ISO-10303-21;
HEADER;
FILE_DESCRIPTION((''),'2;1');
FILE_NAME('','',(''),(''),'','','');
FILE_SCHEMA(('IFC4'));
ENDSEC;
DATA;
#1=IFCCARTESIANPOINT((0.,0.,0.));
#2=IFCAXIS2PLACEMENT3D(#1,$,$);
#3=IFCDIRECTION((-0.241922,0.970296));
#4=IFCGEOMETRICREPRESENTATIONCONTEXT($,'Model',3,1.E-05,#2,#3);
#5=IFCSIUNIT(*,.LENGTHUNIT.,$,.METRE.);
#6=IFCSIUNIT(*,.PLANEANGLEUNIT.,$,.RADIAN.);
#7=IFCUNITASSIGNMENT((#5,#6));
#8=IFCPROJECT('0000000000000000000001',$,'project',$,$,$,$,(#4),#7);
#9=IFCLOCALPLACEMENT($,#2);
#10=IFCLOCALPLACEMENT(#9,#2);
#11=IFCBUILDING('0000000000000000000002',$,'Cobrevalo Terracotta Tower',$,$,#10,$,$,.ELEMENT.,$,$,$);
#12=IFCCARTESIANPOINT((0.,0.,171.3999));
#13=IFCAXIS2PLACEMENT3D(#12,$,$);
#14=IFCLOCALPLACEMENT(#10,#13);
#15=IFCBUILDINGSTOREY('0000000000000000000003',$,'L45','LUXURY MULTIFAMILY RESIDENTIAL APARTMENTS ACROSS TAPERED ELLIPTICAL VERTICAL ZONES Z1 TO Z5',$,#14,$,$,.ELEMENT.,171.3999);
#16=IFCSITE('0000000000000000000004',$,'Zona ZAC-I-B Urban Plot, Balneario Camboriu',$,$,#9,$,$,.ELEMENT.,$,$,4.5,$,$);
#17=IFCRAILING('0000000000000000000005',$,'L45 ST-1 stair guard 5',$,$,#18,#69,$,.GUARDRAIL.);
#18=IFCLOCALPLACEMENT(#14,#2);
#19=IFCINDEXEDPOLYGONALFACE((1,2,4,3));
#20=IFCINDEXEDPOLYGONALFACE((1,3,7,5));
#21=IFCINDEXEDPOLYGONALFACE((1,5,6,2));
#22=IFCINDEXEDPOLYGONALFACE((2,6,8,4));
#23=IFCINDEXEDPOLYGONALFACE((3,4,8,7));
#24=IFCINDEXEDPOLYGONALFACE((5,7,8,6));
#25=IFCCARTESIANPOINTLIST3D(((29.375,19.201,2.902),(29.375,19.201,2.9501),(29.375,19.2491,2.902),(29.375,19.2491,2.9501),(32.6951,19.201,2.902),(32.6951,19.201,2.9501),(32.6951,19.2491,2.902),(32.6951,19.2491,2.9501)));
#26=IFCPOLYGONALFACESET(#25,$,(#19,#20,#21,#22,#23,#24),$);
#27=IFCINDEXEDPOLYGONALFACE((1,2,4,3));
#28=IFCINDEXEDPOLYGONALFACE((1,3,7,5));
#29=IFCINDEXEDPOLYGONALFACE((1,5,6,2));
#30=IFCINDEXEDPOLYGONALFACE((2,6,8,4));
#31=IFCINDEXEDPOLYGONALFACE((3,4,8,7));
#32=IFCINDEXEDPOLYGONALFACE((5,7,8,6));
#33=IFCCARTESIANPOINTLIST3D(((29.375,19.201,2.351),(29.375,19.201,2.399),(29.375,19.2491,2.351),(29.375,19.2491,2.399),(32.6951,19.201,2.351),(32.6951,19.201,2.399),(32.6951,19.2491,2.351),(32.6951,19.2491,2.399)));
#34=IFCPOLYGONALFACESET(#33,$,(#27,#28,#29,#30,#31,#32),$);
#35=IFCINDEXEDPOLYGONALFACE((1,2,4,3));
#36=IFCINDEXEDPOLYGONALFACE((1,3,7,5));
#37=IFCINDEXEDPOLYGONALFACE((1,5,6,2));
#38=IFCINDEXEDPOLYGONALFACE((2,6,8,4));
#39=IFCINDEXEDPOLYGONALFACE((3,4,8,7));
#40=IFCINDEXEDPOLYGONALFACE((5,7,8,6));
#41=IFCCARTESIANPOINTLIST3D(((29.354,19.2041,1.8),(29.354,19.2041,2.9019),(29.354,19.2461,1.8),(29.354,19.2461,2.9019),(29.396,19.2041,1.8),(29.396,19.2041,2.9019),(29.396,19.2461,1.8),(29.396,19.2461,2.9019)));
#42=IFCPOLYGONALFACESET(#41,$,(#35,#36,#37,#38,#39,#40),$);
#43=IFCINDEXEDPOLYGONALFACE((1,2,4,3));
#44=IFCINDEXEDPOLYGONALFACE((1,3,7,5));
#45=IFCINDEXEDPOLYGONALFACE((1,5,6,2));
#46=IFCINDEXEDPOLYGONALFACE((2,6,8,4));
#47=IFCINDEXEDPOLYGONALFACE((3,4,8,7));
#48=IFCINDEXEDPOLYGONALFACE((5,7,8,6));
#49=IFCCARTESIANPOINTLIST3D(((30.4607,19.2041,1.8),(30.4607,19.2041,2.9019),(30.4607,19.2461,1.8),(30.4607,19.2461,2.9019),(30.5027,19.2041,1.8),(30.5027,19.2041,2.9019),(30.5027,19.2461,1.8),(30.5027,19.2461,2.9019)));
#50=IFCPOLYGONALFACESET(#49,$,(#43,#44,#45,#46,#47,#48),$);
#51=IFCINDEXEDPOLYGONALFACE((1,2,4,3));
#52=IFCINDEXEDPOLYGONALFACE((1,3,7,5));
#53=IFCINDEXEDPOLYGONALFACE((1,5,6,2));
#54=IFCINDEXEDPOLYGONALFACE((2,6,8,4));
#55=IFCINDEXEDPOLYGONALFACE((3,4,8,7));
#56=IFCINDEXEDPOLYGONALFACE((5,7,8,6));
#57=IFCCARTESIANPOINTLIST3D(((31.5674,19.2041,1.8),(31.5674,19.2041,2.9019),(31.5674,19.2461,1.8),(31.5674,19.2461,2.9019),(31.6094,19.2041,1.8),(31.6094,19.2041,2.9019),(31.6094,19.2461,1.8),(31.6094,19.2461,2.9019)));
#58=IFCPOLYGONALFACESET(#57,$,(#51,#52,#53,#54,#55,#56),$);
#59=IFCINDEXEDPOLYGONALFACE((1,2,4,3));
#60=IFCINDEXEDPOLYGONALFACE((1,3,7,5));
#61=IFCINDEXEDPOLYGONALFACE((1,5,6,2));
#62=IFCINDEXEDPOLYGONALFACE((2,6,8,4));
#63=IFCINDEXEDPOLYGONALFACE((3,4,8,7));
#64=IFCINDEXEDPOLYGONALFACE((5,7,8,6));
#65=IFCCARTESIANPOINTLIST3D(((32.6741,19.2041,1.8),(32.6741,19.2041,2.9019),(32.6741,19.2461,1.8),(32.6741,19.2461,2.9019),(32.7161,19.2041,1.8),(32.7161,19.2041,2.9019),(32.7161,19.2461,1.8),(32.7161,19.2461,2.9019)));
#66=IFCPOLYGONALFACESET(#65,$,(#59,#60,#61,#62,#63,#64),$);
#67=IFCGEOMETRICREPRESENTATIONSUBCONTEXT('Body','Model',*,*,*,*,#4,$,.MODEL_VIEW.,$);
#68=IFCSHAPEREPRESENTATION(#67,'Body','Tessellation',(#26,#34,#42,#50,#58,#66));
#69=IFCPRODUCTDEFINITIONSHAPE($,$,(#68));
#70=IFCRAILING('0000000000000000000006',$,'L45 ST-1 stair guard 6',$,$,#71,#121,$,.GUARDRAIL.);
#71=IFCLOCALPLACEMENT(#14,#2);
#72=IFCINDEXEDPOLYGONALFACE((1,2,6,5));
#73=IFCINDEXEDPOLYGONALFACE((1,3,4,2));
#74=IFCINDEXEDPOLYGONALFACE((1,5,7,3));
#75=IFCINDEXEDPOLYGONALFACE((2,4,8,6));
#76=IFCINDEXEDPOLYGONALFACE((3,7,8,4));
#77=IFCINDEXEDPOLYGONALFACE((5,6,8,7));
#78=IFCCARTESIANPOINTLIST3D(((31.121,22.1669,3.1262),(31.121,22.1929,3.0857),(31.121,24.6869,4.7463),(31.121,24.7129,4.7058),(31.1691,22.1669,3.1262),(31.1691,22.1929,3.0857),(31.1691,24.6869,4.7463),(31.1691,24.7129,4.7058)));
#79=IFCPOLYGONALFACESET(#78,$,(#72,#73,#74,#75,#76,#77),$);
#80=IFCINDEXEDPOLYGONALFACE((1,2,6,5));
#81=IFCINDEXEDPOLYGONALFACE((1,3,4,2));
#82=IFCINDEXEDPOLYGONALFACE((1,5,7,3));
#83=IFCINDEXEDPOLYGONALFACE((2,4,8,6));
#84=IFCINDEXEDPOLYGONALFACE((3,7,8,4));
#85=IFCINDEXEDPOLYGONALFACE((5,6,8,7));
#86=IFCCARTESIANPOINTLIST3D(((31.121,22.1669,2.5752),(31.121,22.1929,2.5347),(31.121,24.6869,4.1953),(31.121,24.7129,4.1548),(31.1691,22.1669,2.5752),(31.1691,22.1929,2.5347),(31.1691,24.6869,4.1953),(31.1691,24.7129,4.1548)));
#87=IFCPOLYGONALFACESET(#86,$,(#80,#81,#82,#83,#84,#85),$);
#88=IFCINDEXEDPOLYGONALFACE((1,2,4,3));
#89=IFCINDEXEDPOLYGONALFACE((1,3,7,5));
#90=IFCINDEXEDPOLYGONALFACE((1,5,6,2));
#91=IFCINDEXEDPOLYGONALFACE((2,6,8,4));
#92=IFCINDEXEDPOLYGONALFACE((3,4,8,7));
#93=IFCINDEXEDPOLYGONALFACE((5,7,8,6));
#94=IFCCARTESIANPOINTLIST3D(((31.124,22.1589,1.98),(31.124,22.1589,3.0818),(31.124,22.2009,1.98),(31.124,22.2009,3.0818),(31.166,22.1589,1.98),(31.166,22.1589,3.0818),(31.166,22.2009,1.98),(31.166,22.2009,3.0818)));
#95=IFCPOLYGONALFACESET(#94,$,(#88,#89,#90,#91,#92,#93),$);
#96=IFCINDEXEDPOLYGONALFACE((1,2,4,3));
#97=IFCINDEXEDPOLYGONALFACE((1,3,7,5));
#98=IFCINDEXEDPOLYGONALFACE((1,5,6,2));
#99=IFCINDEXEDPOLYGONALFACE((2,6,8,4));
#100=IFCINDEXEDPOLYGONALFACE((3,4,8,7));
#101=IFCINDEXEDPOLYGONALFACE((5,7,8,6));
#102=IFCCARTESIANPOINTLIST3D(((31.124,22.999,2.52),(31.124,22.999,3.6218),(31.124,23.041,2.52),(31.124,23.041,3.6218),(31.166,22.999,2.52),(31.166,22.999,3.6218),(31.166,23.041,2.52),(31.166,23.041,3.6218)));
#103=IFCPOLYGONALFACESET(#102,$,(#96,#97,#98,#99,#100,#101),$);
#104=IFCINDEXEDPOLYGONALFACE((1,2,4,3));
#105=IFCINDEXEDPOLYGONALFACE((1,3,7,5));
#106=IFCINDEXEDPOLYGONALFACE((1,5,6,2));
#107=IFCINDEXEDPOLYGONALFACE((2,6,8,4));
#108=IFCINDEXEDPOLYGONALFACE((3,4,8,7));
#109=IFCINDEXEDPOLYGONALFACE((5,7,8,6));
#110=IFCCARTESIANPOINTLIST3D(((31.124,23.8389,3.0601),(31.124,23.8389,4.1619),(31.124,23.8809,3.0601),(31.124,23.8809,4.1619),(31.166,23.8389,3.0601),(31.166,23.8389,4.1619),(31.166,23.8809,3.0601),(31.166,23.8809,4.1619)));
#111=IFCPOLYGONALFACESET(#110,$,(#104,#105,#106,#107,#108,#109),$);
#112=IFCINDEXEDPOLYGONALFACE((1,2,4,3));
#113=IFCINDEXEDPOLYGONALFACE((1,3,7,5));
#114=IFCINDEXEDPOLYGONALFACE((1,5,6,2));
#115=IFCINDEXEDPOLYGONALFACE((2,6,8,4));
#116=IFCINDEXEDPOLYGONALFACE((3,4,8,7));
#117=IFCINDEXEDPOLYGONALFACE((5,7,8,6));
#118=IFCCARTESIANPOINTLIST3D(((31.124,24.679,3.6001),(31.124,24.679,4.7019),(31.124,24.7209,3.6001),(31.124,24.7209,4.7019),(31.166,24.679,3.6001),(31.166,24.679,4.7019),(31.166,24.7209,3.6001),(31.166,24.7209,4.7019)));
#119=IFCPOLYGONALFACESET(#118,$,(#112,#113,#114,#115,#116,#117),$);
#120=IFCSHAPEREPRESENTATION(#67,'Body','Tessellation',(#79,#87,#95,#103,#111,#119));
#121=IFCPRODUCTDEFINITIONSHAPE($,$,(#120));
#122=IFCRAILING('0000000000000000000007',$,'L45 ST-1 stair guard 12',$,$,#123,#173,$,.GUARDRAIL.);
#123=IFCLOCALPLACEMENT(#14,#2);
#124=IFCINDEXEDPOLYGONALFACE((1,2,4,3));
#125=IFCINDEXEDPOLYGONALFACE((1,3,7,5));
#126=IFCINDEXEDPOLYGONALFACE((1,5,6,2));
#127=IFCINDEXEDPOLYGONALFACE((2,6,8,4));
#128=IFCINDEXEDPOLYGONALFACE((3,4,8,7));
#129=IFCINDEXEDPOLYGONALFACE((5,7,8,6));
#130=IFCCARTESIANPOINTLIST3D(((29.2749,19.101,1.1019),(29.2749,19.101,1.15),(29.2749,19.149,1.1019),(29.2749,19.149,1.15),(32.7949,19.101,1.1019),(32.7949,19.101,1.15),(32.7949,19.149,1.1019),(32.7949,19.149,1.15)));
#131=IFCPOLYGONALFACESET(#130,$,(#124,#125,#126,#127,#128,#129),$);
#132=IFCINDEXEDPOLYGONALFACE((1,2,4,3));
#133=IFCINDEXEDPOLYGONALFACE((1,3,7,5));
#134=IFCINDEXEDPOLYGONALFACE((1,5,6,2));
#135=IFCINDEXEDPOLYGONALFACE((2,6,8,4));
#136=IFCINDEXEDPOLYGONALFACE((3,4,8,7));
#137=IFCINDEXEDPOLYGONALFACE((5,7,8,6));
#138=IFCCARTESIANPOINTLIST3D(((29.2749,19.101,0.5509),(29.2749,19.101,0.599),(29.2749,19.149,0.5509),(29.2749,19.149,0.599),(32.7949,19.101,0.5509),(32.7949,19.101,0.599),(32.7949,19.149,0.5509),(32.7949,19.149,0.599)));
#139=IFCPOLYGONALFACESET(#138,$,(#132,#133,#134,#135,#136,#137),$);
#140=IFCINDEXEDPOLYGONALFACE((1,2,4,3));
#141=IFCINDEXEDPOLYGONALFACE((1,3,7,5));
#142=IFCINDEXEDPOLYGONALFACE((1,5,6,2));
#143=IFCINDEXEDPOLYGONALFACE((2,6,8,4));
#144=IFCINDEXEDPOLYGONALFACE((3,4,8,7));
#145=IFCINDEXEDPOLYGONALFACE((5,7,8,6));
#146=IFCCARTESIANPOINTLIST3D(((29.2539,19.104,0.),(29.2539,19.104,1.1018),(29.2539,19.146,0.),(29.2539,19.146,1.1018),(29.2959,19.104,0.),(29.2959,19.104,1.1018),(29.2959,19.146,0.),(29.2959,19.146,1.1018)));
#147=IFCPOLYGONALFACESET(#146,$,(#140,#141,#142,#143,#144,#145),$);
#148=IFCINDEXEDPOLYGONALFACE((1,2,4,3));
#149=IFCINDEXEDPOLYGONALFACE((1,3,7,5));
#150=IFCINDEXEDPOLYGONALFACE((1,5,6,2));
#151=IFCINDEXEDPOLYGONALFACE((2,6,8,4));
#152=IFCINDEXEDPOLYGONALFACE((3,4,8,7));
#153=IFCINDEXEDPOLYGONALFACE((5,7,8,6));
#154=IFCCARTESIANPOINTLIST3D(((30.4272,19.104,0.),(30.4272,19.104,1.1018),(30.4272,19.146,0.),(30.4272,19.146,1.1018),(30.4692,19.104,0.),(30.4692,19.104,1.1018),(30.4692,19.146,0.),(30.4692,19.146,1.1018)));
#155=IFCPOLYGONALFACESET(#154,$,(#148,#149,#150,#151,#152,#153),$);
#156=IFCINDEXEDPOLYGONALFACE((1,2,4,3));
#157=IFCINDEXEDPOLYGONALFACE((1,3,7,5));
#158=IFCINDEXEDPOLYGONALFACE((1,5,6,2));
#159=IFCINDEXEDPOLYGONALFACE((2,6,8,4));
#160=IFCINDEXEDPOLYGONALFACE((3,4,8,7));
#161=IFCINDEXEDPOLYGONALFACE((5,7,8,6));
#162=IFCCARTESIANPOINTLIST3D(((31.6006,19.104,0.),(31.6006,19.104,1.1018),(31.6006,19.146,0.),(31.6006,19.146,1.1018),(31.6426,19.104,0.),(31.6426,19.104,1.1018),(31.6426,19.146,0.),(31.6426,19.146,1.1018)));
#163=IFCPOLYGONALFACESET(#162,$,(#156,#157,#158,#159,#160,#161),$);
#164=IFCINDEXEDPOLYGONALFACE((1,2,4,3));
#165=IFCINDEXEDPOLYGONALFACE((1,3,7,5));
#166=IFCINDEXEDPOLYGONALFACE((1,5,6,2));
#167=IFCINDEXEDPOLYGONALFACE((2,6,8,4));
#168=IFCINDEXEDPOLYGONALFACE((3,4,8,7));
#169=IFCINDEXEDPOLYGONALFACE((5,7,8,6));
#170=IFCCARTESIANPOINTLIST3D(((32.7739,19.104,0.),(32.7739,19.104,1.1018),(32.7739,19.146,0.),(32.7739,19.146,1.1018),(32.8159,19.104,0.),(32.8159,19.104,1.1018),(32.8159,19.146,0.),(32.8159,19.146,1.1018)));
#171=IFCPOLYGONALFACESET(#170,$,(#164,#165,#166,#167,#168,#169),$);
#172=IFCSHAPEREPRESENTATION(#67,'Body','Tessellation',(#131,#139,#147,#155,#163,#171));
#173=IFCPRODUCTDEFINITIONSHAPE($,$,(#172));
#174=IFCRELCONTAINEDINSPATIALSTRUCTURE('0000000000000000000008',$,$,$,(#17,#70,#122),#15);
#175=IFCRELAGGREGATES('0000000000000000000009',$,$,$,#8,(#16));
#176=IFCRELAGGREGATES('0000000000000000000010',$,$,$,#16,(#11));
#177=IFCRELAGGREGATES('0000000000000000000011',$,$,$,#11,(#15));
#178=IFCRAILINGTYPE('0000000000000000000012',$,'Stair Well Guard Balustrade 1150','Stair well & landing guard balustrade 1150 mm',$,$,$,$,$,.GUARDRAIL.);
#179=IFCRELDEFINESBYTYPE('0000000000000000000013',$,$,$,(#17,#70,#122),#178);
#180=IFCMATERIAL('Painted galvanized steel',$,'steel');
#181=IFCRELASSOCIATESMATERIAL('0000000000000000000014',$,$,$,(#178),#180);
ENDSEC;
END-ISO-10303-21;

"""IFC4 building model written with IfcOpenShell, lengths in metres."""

from ifc_helpers import new_model, si_unit, direction, frame, origin, origin_2d, place, context, subcontext, project, spatial, rectangle, extrude, material, type_object, element, save


model = new_model("IFC4")

# Units and contexts
model_context = context("Model", 3, precision=1e-05, world=origin(), true_north=direction((-0.241922, 0.970296)))
body_context = subcontext(model_context, "Body", "Model", "MODEL_VIEW")
ifc_project = project(units=[si_unit("LENGTHUNIT", "METRE"), si_unit("PLANEANGLEUNIT", "RADIAN")], contexts=[model_context])

# Site, building, storey
site_placement = place(None, origin())
site = spatial("IfcSite", under=ifc_project, at=site_placement, Name="Zona ZAC-I-B Urban Plot, Balneario Camboriu", CompositionType="ELEMENT", RefElevation=4.5)
building_placement = place(site_placement, origin())
building = spatial("IfcBuilding", under=site, at=building_placement, Name="Cobrevalo Terracotta Tower", CompositionType="ELEMENT")
storey_placement = place(building_placement, frame((0.0, 0.0, 171.3999)))
storey = spatial("IfcBuildingStorey", under=building, at=storey_placement, Name="L45", Description="LUXURY MULTIFAMILY RESIDENTIAL APARTMENTS ACROSS TAPERED ELLIPTICAL VERTICAL ZONES Z1 TO Z5", CompositionType="ELEMENT", Elevation=171.3999)

# Railings
ifc_material_1 = material(Name="Painted galvanized steel", Category="steel")
railing_type_1 = type_object("IfcRailingType", Name="Stair Well Guard Balustrade 1150", Description="Stair well & landing guard balustrade 1150 mm", PredefinedType="GUARDRAIL", material=ifc_material_1)
railing_1_placement = place(storey_placement, frame((29.375, 19.2251, 1.8)))
element("IfcRailing", 1, at=railing_1_placement, inside=storey, type_object=railing_type_1, Name="L45 ST-1 stair guard 5", PredefinedType="GUARDRAIL", context=body_context, shape_type="SweptSolid", body=[
    extrude(rectangle(XDim=0.0481, YDim=0.0481, at=origin_2d()), frame((0.0, 0.0, 1.126), z_axis=(1.0, 0.0, 0.0), x_axis=(0.0, 1.0, 0.0)), (0.0, 0.0, 1.0), 3.3201),
    extrude(rectangle(XDim=0.0481, YDim=0.0481, at=origin_2d()), frame((0.0, 0.0, 0.575), z_axis=(1.0, 0.0, 0.0), x_axis=(0.0, 1.0, 0.0)), (0.0, 0.0, 1.0), 3.3201),
    extrude(rectangle(XDim=0.042, YDim=0.042, at=origin_2d()), origin(), (0.0, 0.0, 1.0), 1.1018),
    extrude(rectangle(XDim=0.042, YDim=0.042, at=origin_2d()), frame((1.1067, 0.0, 0.0)), (0.0, 0.0, 1.0), 1.1018),
    extrude(rectangle(XDim=0.042, YDim=0.042, at=origin_2d()), frame((2.2134, 0.0, 0.0)), (0.0, 0.0, 1.0), 1.1018),
    extrude(rectangle(XDim=0.042, YDim=0.042, at=origin_2d()), frame((3.3201, 0.0, 0.0)), (0.0, 0.0, 1.0), 1.1018),
])
railing_2_placement = place(storey_placement, frame((31.145, 22.1799, 1.98)))
element("IfcRailing", 2, at=railing_2_placement, inside=storey, type_object=railing_type_1, Name="L45 ST-1 stair guard 6", PredefinedType="GUARDRAIL", context=body_context, shape_type="SweptSolid", body=[
    extrude(rectangle(XDim=0.0481, YDim=0.0481, at=origin_2d()), frame((0.0, 0.0, 1.126), z_axis=(0.0, 0.841163, 0.540782), x_axis=(-1.0, 0.0, 0.0)), (0.0, 0.0, 1.0), 2.9958),
    extrude(rectangle(XDim=0.0481, YDim=0.0481, at=origin_2d()), frame((0.0, 0.0, 0.575), z_axis=(0.0, 0.841163, 0.540782), x_axis=(-1.0, 0.0, 0.0)), (0.0, 0.0, 1.0), 2.9958),
    extrude(rectangle(XDim=0.042, YDim=0.042, at=origin_2d()), origin(), (0.0, 0.0, 1.0), 1.1018),
    extrude(rectangle(XDim=0.042, YDim=0.042, at=origin_2d()), frame((0.0, 0.8401, 0.54)), (0.0, 0.0, 1.0), 1.1018),
    extrude(rectangle(XDim=0.042, YDim=0.042, at=origin_2d()), frame((0.0, 1.6799, 1.0801)), (0.0, 0.0, 1.0), 1.1018),
    extrude(rectangle(XDim=0.042, YDim=0.042, at=origin_2d()), frame((0.0, 2.52, 1.6201)), (0.0, 0.0, 1.0), 1.1018),
])
railing_3_placement = place(storey_placement, frame((29.2749, 19.125, 0.0)))
element("IfcRailing", 3, at=railing_3_placement, inside=storey, type_object=railing_type_1, Name="L45 ST-1 stair guard 12", PredefinedType="GUARDRAIL", context=body_context, shape_type="SweptSolid", body=[
    extrude(rectangle(XDim=0.0481, YDim=0.0481, at=origin_2d()), frame((0.0, 0.0, 1.126), z_axis=(1.0, 0.0, 0.0), x_axis=(0.0, 1.0, 0.0)), (0.0, 0.0, 1.0), 3.52),
    extrude(rectangle(XDim=0.0481, YDim=0.0481, at=origin_2d()), frame((0.0, 0.0, 0.575), z_axis=(1.0, 0.0, 0.0), x_axis=(0.0, 1.0, 0.0)), (0.0, 0.0, 1.0), 3.52),
    extrude(rectangle(XDim=0.042, YDim=0.042, at=origin_2d()), origin(), (0.0, 0.0, 1.0), 1.1018),
    extrude(rectangle(XDim=0.042, YDim=0.042, at=origin_2d()), frame((1.1733, 0.0, 0.0)), (0.0, 0.0, 1.0), 1.1018),
    extrude(rectangle(XDim=0.042, YDim=0.042, at=origin_2d()), frame((2.3467, 0.0, 0.0)), (0.0, 0.0, 1.0), 1.1018),
    extrude(rectangle(XDim=0.042, YDim=0.042, at=origin_2d()), frame((3.52, 0.0, 0.0)), (0.0, 0.0, 1.0), 1.1018),
])

save(model, "model.ifc")
